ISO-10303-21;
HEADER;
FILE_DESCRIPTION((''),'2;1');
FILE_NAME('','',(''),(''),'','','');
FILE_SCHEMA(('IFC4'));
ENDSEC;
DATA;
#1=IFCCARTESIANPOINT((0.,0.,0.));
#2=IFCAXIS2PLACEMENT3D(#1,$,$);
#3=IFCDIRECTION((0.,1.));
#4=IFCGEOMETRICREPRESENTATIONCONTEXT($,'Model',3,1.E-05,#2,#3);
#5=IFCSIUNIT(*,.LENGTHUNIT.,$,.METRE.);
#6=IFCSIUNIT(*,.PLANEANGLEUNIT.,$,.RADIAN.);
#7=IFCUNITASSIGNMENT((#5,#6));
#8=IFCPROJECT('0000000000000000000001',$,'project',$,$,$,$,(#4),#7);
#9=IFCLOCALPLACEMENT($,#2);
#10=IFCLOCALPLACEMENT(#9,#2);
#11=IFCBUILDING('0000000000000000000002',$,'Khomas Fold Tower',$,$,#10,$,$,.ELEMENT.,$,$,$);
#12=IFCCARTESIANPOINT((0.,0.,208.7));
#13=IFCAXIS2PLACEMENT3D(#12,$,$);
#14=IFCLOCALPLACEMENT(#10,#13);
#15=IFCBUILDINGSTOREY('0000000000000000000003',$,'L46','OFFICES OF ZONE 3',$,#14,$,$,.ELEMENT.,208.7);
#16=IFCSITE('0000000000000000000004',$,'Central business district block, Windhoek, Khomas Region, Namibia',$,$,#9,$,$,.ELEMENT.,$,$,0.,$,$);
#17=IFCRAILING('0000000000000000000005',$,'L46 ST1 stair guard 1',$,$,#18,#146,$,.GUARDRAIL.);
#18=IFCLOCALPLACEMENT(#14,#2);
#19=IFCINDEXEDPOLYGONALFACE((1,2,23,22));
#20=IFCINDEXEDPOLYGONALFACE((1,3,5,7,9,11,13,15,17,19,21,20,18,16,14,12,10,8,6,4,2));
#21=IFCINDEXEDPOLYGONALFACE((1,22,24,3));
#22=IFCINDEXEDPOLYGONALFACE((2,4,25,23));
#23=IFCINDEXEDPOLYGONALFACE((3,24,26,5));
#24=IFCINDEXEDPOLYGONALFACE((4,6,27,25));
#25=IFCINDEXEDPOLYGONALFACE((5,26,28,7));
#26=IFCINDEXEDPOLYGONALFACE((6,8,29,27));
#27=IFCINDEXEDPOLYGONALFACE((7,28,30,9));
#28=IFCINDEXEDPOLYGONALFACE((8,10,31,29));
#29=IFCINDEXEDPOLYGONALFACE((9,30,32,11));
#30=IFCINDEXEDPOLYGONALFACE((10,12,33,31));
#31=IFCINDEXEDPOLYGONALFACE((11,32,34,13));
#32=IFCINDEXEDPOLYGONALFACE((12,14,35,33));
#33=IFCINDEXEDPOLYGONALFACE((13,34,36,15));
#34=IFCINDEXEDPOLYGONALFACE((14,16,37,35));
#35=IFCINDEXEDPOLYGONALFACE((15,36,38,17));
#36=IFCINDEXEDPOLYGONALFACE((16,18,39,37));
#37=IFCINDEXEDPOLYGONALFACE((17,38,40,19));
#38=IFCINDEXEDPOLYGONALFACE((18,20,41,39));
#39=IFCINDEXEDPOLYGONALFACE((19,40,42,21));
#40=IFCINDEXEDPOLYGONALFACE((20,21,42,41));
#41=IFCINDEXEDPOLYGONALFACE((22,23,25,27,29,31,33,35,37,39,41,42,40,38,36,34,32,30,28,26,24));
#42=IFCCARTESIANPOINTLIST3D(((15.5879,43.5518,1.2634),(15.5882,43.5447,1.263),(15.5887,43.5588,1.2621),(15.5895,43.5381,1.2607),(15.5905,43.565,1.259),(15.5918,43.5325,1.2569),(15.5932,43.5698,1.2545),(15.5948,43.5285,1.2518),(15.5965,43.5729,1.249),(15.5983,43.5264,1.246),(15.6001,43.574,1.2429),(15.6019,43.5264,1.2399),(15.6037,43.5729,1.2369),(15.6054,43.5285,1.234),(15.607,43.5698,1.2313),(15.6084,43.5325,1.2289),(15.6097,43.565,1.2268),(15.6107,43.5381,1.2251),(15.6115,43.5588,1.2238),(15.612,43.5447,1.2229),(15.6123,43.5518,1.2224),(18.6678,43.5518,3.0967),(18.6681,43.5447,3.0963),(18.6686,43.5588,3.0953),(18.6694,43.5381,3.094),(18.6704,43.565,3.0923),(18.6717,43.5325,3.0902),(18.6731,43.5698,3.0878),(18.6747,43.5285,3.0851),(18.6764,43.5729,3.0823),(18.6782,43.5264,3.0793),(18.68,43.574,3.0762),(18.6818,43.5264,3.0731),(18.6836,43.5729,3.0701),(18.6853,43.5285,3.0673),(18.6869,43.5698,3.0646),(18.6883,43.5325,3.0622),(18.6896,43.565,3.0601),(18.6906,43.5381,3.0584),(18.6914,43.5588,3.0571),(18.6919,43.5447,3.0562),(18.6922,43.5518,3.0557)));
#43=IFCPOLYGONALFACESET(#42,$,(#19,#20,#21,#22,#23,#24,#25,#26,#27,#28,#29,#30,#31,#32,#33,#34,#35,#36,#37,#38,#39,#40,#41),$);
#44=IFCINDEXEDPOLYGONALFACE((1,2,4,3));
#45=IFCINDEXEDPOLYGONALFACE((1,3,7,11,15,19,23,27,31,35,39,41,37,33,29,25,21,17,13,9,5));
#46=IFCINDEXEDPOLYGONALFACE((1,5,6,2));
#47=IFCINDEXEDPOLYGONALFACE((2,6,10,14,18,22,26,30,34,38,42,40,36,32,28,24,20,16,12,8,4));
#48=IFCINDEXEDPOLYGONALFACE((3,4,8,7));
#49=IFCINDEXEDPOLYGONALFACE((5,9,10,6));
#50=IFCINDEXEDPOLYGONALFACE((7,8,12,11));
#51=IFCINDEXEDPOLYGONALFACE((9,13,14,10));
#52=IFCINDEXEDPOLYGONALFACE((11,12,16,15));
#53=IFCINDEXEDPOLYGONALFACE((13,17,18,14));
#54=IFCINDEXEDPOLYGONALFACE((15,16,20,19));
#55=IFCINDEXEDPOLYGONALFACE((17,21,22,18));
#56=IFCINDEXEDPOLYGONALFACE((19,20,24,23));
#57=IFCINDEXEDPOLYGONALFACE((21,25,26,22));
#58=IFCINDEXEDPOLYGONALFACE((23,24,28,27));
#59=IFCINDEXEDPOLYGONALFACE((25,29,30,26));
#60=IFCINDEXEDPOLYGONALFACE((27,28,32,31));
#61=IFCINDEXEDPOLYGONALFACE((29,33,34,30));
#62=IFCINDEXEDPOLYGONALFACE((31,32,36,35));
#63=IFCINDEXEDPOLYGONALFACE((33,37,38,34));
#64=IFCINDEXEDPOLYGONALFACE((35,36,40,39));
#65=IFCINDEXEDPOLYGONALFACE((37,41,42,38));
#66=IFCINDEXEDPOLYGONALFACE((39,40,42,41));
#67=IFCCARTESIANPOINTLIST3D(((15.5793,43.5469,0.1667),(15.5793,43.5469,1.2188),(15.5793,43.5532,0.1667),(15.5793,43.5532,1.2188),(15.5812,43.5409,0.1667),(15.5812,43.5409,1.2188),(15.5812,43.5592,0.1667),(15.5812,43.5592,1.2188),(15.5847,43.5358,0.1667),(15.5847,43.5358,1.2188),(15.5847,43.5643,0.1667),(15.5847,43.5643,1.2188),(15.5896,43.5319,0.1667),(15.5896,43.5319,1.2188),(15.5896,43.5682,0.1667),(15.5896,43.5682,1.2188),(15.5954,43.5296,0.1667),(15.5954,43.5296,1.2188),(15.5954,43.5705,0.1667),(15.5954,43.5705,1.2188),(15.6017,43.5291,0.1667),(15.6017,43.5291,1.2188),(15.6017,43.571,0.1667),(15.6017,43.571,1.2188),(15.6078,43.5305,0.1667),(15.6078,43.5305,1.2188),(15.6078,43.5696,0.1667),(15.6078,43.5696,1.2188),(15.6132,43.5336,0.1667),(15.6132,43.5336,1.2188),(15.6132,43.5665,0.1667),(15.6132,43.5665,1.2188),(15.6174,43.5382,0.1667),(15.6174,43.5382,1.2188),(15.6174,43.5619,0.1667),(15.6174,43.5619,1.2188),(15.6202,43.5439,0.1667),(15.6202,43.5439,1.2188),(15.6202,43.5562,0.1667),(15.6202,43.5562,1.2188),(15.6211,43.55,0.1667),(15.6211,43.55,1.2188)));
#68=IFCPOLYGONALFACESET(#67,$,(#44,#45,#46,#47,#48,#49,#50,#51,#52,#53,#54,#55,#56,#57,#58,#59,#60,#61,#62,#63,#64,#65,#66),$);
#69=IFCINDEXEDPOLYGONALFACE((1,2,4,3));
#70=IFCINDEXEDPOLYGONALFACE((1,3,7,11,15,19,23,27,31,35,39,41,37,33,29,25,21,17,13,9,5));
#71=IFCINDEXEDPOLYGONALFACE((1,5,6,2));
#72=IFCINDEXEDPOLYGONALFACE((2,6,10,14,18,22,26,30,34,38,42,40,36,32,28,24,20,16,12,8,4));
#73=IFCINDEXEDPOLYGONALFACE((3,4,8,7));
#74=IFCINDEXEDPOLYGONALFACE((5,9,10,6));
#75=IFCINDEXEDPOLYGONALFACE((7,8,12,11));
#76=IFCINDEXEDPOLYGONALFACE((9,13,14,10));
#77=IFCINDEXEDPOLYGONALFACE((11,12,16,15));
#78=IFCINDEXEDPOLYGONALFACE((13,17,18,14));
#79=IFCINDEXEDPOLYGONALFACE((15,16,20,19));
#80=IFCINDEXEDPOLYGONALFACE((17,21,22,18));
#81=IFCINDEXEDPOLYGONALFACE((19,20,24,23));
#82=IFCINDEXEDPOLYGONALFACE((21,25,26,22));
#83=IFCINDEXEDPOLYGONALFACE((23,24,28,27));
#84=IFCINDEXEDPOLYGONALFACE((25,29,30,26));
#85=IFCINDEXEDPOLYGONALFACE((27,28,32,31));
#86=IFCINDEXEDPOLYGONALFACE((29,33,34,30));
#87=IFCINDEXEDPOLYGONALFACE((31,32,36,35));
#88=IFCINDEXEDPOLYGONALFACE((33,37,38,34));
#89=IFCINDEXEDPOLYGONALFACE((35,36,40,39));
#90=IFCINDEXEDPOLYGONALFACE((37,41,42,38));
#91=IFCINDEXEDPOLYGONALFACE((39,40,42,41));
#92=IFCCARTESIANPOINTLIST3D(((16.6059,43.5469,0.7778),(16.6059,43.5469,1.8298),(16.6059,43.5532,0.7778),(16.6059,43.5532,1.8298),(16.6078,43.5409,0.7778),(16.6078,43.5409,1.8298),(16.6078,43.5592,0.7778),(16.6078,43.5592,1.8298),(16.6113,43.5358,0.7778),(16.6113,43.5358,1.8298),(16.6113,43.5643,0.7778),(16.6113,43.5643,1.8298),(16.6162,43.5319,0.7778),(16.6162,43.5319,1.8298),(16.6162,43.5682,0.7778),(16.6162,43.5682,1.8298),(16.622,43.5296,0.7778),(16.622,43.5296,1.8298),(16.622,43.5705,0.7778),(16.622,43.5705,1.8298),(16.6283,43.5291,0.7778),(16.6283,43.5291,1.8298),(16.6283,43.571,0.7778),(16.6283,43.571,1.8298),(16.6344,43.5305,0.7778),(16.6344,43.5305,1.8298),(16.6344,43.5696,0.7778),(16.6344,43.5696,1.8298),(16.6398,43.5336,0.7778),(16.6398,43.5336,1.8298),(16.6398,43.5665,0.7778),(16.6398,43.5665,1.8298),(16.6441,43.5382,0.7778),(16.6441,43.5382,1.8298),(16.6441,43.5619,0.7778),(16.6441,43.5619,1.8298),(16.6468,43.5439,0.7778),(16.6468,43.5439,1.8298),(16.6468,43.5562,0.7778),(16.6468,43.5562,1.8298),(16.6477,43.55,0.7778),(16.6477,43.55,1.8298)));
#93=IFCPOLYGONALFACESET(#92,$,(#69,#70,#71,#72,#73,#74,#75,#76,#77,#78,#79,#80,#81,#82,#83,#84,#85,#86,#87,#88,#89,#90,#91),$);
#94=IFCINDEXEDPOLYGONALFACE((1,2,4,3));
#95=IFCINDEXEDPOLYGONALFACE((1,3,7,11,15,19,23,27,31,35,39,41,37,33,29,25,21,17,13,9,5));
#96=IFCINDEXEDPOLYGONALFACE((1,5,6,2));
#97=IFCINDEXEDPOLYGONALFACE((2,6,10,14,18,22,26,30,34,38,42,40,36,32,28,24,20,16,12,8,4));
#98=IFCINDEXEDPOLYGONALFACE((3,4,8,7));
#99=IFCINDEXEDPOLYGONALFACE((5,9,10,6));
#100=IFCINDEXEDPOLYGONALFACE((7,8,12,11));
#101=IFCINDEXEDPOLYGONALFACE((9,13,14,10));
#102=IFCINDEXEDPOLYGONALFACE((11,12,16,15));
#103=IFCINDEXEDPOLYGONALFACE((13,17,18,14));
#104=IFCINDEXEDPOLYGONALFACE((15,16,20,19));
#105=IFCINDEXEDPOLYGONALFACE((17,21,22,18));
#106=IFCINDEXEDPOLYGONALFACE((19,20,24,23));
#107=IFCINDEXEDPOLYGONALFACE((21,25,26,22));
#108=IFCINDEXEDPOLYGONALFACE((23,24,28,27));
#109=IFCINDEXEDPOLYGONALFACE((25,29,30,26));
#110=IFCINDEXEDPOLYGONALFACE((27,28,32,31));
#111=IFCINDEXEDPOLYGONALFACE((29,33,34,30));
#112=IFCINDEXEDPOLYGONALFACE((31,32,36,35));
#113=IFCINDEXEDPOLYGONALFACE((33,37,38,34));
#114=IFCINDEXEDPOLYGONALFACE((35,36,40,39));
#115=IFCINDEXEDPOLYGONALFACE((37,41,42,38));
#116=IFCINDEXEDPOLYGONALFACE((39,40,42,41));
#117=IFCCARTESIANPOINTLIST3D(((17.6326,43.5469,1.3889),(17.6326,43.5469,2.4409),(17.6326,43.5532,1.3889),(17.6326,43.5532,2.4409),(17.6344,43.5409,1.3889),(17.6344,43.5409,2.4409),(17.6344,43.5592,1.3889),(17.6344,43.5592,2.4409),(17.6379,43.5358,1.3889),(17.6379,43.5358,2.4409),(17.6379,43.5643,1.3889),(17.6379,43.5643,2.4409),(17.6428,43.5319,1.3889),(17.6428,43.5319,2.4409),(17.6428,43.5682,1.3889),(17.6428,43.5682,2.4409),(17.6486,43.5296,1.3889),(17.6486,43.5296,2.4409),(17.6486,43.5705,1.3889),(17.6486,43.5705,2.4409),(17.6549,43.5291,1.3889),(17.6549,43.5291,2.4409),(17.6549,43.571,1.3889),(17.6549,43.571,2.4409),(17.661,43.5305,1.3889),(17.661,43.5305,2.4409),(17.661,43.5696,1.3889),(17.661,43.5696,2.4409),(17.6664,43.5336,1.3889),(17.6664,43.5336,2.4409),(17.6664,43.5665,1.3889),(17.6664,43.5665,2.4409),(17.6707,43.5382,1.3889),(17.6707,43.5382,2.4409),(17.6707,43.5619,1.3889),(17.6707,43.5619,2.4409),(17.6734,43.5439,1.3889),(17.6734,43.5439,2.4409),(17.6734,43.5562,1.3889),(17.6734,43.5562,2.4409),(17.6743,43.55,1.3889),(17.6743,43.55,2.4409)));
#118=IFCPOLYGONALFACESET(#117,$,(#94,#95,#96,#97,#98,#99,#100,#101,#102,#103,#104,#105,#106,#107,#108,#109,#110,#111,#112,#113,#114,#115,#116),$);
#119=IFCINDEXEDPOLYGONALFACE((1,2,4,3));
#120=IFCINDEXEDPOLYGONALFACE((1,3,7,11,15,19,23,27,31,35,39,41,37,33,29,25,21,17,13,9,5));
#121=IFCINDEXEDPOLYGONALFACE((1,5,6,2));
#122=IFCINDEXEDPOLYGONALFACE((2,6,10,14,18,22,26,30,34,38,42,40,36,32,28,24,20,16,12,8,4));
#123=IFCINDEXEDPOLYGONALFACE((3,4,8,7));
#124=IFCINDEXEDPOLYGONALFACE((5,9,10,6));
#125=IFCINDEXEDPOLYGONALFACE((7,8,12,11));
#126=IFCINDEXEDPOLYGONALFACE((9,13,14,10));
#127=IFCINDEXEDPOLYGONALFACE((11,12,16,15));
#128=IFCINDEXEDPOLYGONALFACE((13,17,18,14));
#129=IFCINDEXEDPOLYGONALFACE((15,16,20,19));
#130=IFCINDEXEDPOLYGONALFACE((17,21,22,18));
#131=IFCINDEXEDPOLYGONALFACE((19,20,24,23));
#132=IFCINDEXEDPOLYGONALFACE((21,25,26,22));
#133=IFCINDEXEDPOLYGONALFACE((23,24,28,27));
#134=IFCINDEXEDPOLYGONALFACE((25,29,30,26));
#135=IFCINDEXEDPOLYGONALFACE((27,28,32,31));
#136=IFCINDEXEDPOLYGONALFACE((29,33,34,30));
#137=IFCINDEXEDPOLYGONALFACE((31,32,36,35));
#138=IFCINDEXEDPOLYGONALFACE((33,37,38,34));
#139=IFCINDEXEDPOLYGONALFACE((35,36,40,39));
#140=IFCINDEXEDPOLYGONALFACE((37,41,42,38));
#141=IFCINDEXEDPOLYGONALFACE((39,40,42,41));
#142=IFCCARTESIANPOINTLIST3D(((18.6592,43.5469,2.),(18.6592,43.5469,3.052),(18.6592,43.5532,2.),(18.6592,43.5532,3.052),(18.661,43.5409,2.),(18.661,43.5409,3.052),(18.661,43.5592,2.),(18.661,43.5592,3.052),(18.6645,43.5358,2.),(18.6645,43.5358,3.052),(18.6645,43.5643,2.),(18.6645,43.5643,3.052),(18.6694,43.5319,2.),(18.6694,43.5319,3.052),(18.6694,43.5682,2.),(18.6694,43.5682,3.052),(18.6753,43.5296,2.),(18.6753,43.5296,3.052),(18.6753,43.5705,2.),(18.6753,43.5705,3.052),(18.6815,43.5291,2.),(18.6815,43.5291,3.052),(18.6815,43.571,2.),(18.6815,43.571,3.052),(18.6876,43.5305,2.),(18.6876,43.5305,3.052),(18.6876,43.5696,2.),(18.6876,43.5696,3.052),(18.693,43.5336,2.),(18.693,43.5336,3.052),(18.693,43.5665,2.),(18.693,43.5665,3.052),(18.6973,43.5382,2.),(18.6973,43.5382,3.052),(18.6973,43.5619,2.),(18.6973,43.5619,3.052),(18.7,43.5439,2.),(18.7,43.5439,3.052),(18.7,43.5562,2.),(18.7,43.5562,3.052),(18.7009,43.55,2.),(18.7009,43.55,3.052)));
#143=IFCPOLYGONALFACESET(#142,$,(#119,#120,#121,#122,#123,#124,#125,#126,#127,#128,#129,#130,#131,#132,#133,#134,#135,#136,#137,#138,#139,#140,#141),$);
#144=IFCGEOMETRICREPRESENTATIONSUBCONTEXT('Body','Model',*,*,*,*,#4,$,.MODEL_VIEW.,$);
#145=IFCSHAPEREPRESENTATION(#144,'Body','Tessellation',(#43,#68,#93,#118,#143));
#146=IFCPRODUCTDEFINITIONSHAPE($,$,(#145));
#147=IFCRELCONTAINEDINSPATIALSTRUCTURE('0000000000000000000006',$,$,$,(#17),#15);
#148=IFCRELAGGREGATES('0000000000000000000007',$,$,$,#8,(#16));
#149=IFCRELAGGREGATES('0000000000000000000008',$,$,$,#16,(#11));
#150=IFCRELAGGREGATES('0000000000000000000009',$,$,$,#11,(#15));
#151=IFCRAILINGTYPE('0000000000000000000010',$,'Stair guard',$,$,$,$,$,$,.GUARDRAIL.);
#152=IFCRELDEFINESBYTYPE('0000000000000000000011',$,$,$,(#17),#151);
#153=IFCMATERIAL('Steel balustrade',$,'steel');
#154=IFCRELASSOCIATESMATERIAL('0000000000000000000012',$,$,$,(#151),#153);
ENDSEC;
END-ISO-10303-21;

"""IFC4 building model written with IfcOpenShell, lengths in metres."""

from ifc_helpers import new_model, si_unit, direction, frame, origin, origin_2d, place, context, subcontext, project, spatial, circle, extrude, source, transform, mapped, material, type_object, element, save


model = new_model("IFC4")

# Units and contexts
model_context = context("Model", 3, precision=1e-05, world=origin(), true_north=direction((0.0, 1.0)))
body_context = subcontext(model_context, "Body", "Model", "MODEL_VIEW")
ifc_project = project(units=[si_unit("LENGTHUNIT", "METRE"), si_unit("PLANEANGLEUNIT", "RADIAN")], contexts=[model_context])

# Site, building, storey
site_placement = place(None, origin())
site = spatial("IfcSite", under=ifc_project, at=site_placement, Name="Central business district block, Windhoek, Khomas Region, Namibia", CompositionType="ELEMENT", RefElevation=0.0)
building_placement = place(site_placement, origin())
building = spatial("IfcBuilding", under=site, at=building_placement, Name="Khomas Fold Tower", CompositionType="ELEMENT")
storey_placement = place(building_placement, frame((0.0, 0.0, 208.7)))
storey = spatial("IfcBuildingStorey", under=building, at=storey_placement, Name="L46", Description="OFFICES OF ZONE 3", CompositionType="ELEMENT", Elevation=208.7)

# Railing
ifc_material_1 = material(Name="Steel balustrade", Category="steel")
railing_type_1 = type_object("IfcRailingType", Name="Stair guard", PredefinedType="GUARDRAIL", material=ifc_material_1)
shared_shape_1 = source(origin(), body_context, "Body", "SweptSolid", [
    extrude(circle(Radius=0.0239, at=origin_2d()), frame((0.0, 0.0, 1.0762), z_axis=(0.859291, 0.0, 0.511487), x_axis=(0.0, 1.0, 0.0)), (0.0, 0.0, 1.0), 3.5842),
    extrude(circle(Radius=0.021, at=origin_2d()), origin(), (0.0, 0.0, 1.0), 1.052),
    extrude(circle(Radius=0.021, at=origin_2d()), frame((1.0266, 0.0, 0.6111)), (0.0, 0.0, 1.0), 1.052),
    extrude(circle(Radius=0.021, at=origin_2d()), frame((2.0532, 0.0, 1.2222)), (0.0, 0.0, 1.0), 1.052),
    extrude(circle(Radius=0.021, at=origin_2d()), frame((3.0798, 0.0, 1.8333)), (0.0, 0.0, 1.0), 1.052),
])
railing_1_placement = place(storey_placement, frame((15.6001, 43.55, 0.1667)))
element("IfcRailing", 1, at=railing_1_placement, inside=storey, type_object=railing_type_1, Name="L46 ST1 stair guard 1", PredefinedType="GUARDRAIL", context=body_context, shape_type="MappedRepresentation", body=[
    mapped(shared_shape_1, transform((0.0, 0.0, 0.0))),
])

save(model, "model.ifc")
